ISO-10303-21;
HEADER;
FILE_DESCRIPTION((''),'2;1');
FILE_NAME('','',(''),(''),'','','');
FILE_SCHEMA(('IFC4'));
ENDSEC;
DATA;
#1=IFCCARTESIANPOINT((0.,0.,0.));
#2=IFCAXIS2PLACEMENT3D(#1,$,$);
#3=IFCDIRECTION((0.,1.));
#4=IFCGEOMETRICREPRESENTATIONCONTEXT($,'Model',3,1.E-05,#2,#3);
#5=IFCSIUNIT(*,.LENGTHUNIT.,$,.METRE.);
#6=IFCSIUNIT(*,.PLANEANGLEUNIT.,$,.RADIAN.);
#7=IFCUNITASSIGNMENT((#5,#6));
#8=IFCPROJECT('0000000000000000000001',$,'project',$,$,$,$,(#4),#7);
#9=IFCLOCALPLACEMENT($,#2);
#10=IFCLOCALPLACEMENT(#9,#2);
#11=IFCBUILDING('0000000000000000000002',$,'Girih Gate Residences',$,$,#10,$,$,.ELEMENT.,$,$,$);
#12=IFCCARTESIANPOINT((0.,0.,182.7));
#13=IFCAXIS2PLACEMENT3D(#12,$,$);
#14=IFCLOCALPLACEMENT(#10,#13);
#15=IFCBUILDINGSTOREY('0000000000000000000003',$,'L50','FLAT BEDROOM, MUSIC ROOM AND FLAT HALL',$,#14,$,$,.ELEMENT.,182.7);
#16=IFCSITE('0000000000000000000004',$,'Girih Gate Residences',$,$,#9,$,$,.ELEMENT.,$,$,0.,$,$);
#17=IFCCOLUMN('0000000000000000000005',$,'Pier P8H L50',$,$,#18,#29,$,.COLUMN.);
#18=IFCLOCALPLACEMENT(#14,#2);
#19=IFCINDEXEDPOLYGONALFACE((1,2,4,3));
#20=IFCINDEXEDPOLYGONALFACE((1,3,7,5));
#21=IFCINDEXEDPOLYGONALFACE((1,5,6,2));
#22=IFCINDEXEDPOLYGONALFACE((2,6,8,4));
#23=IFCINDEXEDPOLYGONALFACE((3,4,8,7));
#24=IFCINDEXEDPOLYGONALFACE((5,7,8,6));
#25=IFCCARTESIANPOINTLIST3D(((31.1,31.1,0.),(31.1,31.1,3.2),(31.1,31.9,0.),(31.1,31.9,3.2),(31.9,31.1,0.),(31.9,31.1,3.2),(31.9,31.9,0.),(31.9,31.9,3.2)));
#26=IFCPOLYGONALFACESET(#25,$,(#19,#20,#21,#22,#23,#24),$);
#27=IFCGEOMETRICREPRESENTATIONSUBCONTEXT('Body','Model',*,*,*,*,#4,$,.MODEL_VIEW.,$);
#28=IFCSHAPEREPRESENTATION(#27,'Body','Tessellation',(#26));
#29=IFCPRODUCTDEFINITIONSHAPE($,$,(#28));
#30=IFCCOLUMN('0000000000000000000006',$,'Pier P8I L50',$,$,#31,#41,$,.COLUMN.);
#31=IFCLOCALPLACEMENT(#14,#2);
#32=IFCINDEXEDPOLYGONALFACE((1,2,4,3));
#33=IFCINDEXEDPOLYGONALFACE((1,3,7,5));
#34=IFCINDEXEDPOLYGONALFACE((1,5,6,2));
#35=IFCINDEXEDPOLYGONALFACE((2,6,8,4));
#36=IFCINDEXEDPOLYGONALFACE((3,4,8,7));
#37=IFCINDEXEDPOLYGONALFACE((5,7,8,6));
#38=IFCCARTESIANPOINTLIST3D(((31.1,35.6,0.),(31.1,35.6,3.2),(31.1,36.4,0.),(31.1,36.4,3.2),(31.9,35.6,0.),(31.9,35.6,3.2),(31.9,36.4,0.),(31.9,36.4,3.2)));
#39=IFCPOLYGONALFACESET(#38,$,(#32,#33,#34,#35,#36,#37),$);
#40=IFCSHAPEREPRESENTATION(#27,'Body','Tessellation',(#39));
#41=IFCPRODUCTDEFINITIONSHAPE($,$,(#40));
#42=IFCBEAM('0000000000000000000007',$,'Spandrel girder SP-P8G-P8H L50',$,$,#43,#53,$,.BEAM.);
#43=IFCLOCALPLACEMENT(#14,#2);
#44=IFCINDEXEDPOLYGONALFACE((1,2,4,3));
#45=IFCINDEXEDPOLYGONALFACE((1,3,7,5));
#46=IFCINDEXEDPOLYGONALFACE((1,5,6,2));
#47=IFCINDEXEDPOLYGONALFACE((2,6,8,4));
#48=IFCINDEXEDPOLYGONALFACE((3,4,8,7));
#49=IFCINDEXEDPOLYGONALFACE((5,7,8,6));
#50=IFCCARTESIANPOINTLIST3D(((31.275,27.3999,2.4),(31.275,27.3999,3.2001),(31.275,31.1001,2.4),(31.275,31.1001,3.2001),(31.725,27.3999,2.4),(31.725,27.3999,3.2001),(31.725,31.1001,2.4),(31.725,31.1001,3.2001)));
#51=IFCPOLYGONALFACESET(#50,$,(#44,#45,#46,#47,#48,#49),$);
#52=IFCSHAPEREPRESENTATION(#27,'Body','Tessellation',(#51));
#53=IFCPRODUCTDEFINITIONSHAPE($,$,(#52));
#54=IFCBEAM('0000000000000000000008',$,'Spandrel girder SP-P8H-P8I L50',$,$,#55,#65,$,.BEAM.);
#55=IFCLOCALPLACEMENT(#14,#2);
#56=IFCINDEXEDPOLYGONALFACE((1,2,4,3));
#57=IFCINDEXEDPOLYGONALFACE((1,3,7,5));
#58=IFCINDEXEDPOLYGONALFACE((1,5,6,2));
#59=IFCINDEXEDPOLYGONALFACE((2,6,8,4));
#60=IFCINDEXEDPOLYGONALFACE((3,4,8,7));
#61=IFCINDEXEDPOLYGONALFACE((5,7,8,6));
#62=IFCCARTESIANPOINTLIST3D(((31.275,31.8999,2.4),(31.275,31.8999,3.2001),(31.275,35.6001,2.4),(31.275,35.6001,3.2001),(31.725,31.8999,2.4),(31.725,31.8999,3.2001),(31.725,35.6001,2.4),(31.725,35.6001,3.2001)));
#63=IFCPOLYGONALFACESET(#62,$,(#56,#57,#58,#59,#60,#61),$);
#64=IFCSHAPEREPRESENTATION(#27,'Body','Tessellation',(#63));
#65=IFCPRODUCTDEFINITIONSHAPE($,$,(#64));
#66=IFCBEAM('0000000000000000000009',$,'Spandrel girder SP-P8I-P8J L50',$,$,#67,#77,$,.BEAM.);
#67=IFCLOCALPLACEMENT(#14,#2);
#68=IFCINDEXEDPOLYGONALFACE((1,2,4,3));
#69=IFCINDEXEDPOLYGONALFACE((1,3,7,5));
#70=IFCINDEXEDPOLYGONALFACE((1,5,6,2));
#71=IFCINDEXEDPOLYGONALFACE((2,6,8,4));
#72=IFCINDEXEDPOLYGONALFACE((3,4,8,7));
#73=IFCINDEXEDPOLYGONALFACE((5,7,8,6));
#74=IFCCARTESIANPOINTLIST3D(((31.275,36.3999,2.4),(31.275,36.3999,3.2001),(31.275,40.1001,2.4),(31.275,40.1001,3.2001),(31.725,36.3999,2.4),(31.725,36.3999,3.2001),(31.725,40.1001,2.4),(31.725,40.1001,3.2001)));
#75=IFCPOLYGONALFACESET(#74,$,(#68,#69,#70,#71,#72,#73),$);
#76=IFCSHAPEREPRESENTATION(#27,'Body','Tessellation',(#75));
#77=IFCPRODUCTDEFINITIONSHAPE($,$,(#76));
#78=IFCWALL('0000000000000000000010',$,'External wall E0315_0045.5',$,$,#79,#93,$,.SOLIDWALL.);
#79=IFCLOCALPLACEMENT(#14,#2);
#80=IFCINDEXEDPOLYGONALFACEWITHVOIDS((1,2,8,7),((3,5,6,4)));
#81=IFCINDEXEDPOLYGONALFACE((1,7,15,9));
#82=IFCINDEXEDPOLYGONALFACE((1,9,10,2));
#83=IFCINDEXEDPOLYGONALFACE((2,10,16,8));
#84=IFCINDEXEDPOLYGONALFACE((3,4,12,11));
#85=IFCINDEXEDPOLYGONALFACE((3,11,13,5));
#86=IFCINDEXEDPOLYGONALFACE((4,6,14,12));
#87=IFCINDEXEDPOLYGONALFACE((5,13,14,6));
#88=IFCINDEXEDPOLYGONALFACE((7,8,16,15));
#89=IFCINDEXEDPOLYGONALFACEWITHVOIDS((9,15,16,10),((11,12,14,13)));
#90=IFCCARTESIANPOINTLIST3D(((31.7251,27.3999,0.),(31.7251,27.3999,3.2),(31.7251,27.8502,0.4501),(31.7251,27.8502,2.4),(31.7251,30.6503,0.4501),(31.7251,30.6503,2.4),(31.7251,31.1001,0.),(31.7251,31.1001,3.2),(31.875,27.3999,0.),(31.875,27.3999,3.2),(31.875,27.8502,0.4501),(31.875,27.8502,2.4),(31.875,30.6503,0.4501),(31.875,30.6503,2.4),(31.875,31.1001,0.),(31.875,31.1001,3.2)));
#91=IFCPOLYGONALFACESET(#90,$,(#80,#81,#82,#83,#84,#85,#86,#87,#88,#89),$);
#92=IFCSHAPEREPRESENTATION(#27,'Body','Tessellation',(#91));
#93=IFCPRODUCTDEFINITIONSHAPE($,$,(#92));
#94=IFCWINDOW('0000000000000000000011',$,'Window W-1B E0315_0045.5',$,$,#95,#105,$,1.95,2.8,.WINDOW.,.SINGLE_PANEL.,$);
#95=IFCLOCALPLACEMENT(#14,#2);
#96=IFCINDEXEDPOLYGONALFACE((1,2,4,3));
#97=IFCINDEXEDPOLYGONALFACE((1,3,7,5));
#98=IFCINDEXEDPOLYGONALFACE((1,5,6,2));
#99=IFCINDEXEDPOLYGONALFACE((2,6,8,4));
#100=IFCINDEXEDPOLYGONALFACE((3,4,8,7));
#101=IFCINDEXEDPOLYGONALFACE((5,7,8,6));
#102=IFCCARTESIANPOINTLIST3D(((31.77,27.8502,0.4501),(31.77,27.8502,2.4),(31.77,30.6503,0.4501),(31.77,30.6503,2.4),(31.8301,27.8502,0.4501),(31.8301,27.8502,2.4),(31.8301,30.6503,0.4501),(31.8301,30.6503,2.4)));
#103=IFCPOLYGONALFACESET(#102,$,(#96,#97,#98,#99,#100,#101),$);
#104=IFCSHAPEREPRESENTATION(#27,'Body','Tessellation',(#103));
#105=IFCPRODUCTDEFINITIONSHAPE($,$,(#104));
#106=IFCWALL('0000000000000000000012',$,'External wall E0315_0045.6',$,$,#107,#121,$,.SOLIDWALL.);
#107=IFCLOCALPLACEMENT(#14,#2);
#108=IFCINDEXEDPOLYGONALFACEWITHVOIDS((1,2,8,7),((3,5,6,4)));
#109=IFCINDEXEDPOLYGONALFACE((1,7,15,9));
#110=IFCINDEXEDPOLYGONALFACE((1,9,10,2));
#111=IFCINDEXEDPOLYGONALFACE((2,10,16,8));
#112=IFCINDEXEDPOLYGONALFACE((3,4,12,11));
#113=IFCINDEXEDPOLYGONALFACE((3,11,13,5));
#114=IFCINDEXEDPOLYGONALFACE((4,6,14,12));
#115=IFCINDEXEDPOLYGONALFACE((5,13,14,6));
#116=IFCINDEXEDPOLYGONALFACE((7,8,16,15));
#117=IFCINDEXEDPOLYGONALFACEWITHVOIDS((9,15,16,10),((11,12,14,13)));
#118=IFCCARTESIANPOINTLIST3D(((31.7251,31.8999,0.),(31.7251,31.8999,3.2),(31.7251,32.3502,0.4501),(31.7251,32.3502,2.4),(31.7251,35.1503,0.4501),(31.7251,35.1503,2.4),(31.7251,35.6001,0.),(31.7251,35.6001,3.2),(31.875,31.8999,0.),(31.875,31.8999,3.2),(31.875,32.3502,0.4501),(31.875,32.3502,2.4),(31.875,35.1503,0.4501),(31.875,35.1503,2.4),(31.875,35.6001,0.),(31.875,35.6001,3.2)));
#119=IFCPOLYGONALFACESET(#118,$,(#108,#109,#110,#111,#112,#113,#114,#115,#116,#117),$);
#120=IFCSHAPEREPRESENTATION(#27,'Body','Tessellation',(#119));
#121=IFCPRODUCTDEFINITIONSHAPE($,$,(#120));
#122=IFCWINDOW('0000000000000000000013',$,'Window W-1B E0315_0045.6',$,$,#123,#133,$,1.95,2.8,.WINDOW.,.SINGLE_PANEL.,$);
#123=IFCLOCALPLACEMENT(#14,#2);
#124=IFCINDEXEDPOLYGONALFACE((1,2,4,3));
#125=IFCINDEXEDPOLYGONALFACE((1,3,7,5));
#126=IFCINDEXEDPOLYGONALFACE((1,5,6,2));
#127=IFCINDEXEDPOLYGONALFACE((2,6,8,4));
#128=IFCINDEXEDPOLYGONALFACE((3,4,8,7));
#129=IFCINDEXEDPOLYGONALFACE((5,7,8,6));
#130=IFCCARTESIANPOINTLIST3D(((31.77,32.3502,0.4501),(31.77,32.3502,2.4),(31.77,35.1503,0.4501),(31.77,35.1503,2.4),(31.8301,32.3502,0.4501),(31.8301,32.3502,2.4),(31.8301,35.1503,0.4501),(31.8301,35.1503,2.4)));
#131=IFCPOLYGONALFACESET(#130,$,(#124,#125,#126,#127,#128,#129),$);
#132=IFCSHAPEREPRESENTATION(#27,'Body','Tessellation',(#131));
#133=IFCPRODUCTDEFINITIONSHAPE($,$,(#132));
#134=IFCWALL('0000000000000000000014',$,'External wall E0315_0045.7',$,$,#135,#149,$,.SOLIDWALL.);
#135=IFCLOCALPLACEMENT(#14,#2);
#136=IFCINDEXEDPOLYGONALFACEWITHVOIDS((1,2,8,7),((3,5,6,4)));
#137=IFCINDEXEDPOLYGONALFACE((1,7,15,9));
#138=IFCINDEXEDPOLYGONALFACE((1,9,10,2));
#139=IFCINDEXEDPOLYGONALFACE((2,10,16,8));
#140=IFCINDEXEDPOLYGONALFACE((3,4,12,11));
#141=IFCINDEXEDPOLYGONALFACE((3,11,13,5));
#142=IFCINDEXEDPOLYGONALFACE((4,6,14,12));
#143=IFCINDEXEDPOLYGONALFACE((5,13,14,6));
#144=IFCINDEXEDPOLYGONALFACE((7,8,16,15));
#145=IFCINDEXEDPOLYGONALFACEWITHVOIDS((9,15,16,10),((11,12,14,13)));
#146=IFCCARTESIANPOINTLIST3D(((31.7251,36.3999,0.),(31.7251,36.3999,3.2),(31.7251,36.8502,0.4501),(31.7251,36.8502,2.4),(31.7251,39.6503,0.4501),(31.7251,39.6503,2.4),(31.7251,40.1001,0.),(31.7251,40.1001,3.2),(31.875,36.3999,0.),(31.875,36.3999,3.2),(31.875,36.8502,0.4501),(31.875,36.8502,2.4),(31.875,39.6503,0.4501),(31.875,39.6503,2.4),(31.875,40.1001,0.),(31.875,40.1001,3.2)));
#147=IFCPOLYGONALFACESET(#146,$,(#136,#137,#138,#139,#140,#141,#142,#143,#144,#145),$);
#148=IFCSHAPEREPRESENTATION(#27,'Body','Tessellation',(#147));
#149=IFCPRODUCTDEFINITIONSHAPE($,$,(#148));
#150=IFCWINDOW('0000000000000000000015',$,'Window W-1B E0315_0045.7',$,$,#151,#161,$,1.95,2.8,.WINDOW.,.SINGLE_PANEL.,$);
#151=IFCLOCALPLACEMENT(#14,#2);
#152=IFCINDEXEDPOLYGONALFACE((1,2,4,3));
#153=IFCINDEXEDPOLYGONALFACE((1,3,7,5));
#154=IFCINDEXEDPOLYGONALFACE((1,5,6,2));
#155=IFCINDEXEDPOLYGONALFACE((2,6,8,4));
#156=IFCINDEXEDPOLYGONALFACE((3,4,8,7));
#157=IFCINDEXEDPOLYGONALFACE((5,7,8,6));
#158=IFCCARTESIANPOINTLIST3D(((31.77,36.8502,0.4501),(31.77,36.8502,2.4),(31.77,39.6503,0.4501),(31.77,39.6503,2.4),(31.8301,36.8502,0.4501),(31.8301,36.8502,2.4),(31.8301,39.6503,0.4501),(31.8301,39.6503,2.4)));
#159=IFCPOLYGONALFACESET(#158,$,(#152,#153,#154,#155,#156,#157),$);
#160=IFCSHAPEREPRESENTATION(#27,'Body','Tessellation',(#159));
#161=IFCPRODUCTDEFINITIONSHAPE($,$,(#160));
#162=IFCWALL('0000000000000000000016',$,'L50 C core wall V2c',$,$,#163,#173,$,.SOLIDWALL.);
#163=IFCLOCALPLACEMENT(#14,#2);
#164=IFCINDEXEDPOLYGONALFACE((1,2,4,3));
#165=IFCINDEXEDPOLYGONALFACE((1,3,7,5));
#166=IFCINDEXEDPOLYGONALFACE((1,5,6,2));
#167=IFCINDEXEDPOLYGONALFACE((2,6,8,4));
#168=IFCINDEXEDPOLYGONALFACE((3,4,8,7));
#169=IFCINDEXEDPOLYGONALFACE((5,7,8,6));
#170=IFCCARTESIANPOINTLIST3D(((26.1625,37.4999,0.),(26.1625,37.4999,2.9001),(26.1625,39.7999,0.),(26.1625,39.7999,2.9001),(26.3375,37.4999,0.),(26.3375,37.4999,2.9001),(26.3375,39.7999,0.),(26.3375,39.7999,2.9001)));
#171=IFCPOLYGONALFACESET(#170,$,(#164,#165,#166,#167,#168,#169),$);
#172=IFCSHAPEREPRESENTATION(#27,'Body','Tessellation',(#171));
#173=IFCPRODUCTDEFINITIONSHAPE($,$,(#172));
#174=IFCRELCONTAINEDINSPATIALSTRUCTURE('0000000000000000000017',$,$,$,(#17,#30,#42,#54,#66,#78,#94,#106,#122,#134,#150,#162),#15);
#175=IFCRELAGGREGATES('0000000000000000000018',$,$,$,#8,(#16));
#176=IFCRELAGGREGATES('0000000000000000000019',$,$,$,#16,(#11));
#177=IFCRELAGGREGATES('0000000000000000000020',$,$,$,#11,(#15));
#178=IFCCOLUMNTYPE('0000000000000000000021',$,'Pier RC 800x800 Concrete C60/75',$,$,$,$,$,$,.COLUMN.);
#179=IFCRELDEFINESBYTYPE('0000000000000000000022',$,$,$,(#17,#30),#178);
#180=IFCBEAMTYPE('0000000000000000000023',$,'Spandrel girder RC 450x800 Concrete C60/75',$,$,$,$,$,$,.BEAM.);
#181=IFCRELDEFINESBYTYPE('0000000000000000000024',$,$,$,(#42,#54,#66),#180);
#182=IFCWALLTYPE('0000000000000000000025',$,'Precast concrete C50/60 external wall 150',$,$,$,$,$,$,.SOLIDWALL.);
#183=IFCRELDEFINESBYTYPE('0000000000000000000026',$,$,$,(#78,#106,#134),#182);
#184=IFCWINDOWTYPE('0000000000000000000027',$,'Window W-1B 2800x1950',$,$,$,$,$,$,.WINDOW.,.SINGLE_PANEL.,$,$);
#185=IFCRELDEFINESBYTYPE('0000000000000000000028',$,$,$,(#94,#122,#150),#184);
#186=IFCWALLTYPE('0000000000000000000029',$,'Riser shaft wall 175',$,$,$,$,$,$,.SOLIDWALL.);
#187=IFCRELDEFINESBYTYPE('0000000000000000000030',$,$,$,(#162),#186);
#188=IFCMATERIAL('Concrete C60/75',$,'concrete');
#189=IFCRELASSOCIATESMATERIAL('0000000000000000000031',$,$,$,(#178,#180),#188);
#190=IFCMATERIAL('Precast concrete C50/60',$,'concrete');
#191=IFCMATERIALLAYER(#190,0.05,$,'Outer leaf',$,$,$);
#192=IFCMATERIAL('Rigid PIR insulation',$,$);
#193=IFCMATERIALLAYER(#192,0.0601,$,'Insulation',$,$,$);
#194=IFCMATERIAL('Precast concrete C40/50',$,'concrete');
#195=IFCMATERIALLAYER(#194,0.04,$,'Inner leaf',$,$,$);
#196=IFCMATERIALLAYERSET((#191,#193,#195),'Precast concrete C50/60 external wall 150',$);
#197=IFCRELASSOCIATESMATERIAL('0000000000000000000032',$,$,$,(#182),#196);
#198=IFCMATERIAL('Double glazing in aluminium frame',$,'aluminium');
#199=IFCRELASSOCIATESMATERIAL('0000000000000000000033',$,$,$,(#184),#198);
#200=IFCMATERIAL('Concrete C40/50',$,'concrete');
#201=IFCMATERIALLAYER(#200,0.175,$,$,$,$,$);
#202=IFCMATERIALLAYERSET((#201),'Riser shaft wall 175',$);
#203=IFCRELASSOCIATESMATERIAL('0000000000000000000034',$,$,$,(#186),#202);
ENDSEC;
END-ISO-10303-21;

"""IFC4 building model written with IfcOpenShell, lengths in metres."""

from ifc_helpers import new_model, si_unit, direction, frame, frame_2d, origin, origin_2d, place, context, subcontext, project, spatial, rectangle, extrude, material, layer, layer_set, material_profile, profile_set, type_object, element, fill, save


model = new_model("IFC4")

# Units and contexts
model_context = context("Model", 3, precision=1e-05, world=origin(), true_north=direction((0.0, 1.0)))
body_context = subcontext(model_context, "Body", "Model", "MODEL_VIEW")
ifc_project = project(units=[si_unit("LENGTHUNIT", "METRE"), si_unit("PLANEANGLEUNIT", "RADIAN")], contexts=[model_context])

# Site, building, storey
site_placement = place(None, origin())
site = spatial("IfcSite", under=ifc_project, at=site_placement, Name="Girih Gate Residences", CompositionType="ELEMENT", RefElevation=0.0)
building_placement = place(site_placement, origin())
building = spatial("IfcBuilding", under=site, at=building_placement, Name="Girih Gate Residences", CompositionType="ELEMENT")
storey_placement = place(building_placement, frame((0.0, 0.0, 182.7)))
storey = spatial("IfcBuildingStorey", under=building, at=storey_placement, Name="L50", Description="FLAT BEDROOM, MUSIC ROOM AND FLAT HALL", CompositionType="ELEMENT", Elevation=182.7)

# Columns
ifc_material_1 = material(Name="Concrete C60/75", Category="concrete")
ifc_material_profile_1 = material_profile(ifc_material_1, rectangle(XDim=0.8, YDim=0.8, at=origin_2d()))
ifc_profile_set_1 = profile_set([ifc_material_profile_1], Name="Concrete C60/75")
column_type = type_object("IfcColumnType", Name="Pier RC 800x800 Concrete C60/75", PredefinedType="COLUMN", material=ifc_profile_set_1)
for number, where, z_axis, x_axis, name in (
    (1, (31.5, 31.5, 0.0), (0.0, 0.0, 1.0), (1.0, 0.0, 0.0), "Pier P8H L50"),
    (2, (31.5, 36.0, 0.0), (0.0, 0.0, 1.0), (1.0, 0.0, 0.0), "Pier P8I L50"),
):
    element("IfcColumn", number, at=place(storey_placement, frame(where, z_axis=z_axis, x_axis=x_axis)), inside=storey, type_object=column_type, Name=name, PredefinedType="COLUMN", context=body_context, shape_type="SweptSolid", body=[
        extrude(rectangle(XDim=0.8, YDim=0.8, at=origin_2d()), origin(), (0.0, 0.0, 1.0), 3.2),
    ])

# Beams
ifc_material_profile_2 = material_profile(ifc_material_1, rectangle(XDim=0.45, YDim=0.8, at=origin_2d()))
ifc_profile_set_2 = profile_set([ifc_material_profile_2], Name="Concrete C60/75")
beam_type = type_object("IfcBeamType", Name="Spandrel girder RC 450x800 Concrete C60/75", PredefinedType="BEAM", material=ifc_profile_set_2)
for number, where, z_axis, x_axis, name in (
    (3, (31.5, 27.3999, 2.8), (0.0, 1.0, 0.0), (-1.0, 0.0, 0.0), "Spandrel girder SP-P8G-P8H L50"),
    (4, (31.5, 31.8999, 2.8), (0.0, 1.0, 0.0), (-1.0, 0.0, 0.0), "Spandrel girder SP-P8H-P8I L50"),
    (5, (31.5, 36.3999, 2.8), (0.0, 1.0, 0.0), (-1.0, 0.0, 0.0), "Spandrel girder SP-P8I-P8J L50"),
):
    element("IfcBeam", number, at=place(storey_placement, frame(where, z_axis=z_axis, x_axis=x_axis)), inside=storey, type_object=beam_type, Name=name, PredefinedType="BEAM", context=body_context, shape_type="SweptSolid", body=[
        extrude(rectangle(XDim=0.45, YDim=0.8, at=origin_2d()), origin(), (0.0, 0.0, 1.0), 3.7002),
    ])

# Walls, openings, windows
ifc_material_2 = material(Name="Precast concrete C50/60", Category="concrete")
ifc_layer_1 = layer(ifc_material_2, 0.05, Name="Outer leaf")
ifc_material_3 = material(Name="Rigid PIR insulation")
ifc_layer_2 = layer(ifc_material_3, 0.0601, Name="Insulation")
ifc_material_4 = material(Name="Precast concrete C40/50", Category="concrete")
ifc_layer_3 = layer(ifc_material_4, 0.04, Name="Inner leaf")
ifc_layer_set_1 = layer_set([ifc_layer_1, ifc_layer_2, ifc_layer_3], Name="Precast concrete C50/60 external wall 150")
wall_type_1 = type_object("IfcWallType", Name="Precast concrete C50/60 external wall 150", PredefinedType="SOLIDWALL", material=ifc_layer_set_1)
wall_1_placement = place(storey_placement, frame((31.8, 31.1001, 0.0), z_axis=(0.0, 0.0, 1.0), x_axis=(0.0, -1.0, 0.0)))
wall_1 = element("IfcWall", 6, at=wall_1_placement, inside=storey, type_object=wall_type_1, Name="External wall E0315_0045.5", PredefinedType="SOLIDWALL", context=body_context, shape_type="SweptSolid", body=[
    extrude(rectangle(XDim=3.7002, YDim=0.1499, at=frame_2d((1.8501, 0.0))), origin(), (0.0, 0.0, 1.0), 3.2),
])
opening_1_placement = place(wall_1_placement, frame((0.45, 0.0, 0.45)))
opening_1 = element("IfcOpeningElement", 7, at=opening_1_placement, cuts=wall_1, PredefinedType="OPENING", context=body_context, shape_type="SweptSolid", body=[
    extrude(rectangle(XDim=2.8, YDim=1.95, at=frame_2d((1.3999, 0.9751))), frame((0.0, 0.085, 0.0), z_axis=(0.0, -1.0, 0.0), x_axis=(1.0, 0.0, 0.0)), (0.0, 0.0, 1.0), 0.1699),
])
ifc_material_5 = material(Name="Double glazing in aluminium frame", Category="aluminium")
window_type = type_object("IfcWindowType", Name="Window W-1B 2800x1950", PartitioningType="SINGLE_PANEL", PredefinedType="WINDOW", material=ifc_material_5)
window_1_placement = place(opening_1_placement, origin())
window_1 = element("IfcWindow", 8, at=window_1_placement, inside=storey, type_object=window_type, Name="Window W-1B E0315_0045.5", OverallHeight=1.95, OverallWidth=2.8, PartitioningType="SINGLE_PANEL", PredefinedType="WINDOW", context=body_context, shape_type="SweptSolid", body=[
    extrude(rectangle(XDim=2.8, YDim=1.95, at=frame_2d((1.3999, 0.9751))), frame((0.0, 0.03, 0.0), z_axis=(0.0, -1.0, 0.0), x_axis=(1.0, 0.0, 0.0)), (0.0, 0.0, 1.0), 0.0601),
])
fill(opening_1, window_1)
wall_2_placement = place(storey_placement, frame((31.8, 35.6001, 0.0), z_axis=(0.0, 0.0, 1.0), x_axis=(0.0, -1.0, 0.0)))
wall_2 = element("IfcWall", 9, at=wall_2_placement, inside=storey, type_object=wall_type_1, Name="External wall E0315_0045.6", PredefinedType="SOLIDWALL", context=body_context, shape_type="SweptSolid", body=[
    extrude(rectangle(XDim=3.7002, YDim=0.1499, at=frame_2d((1.8501, 0.0))), origin(), (0.0, 0.0, 1.0), 3.2),
])
opening_2_placement = place(wall_2_placement, frame((0.45, 0.0, 0.45)))
opening_2 = element("IfcOpeningElement", 10, at=opening_2_placement, cuts=wall_2, PredefinedType="OPENING", context=body_context, shape_type="SweptSolid", body=[
    extrude(rectangle(XDim=2.8, YDim=1.95, at=frame_2d((1.3999, 0.9751))), frame((0.0, 0.085, 0.0), z_axis=(0.0, -1.0, 0.0), x_axis=(1.0, 0.0, 0.0)), (0.0, 0.0, 1.0), 0.1699),
])
window_2_placement = place(opening_2_placement, origin())
window_2 = element("IfcWindow", 11, at=window_2_placement, inside=storey, type_object=window_type, Name="Window W-1B E0315_0045.6", OverallHeight=1.95, OverallWidth=2.8, PartitioningType="SINGLE_PANEL", PredefinedType="WINDOW", context=body_context, shape_type="SweptSolid", body=[
    extrude(rectangle(XDim=2.8, YDim=1.95, at=frame_2d((1.3999, 0.9751))), frame((0.0, 0.03, 0.0), z_axis=(0.0, -1.0, 0.0), x_axis=(1.0, 0.0, 0.0)), (0.0, 0.0, 1.0), 0.0601),
])
fill(opening_2, window_2)
wall_3_placement = place(storey_placement, frame((31.8, 40.1001, 0.0), z_axis=(0.0, 0.0, 1.0), x_axis=(0.0, -1.0, 0.0)))
wall_3 = element("IfcWall", 12, at=wall_3_placement, inside=storey, type_object=wall_type_1, Name="External wall E0315_0045.7", PredefinedType="SOLIDWALL", context=body_context, shape_type="SweptSolid", body=[
    extrude(rectangle(XDim=3.7002, YDim=0.1499, at=frame_2d((1.8501, 0.0))), origin(), (0.0, 0.0, 1.0), 3.2),
])
opening_3_placement = place(wall_3_placement, frame((0.45, 0.0, 0.45)))
opening_3 = element("IfcOpeningElement", 13, at=opening_3_placement, cuts=wall_3, PredefinedType="OPENING", context=body_context, shape_type="SweptSolid", body=[
    extrude(rectangle(XDim=2.8, YDim=1.95, at=frame_2d((1.3999, 0.9751))), frame((0.0, 0.085, 0.0), z_axis=(0.0, -1.0, 0.0), x_axis=(1.0, 0.0, 0.0)), (0.0, 0.0, 1.0), 0.1699),
])
window_3_placement = place(opening_3_placement, origin())
window_3 = element("IfcWindow", 14, at=window_3_placement, inside=storey, type_object=window_type, Name="Window W-1B E0315_0045.7", OverallHeight=1.95, OverallWidth=2.8, PartitioningType="SINGLE_PANEL", PredefinedType="WINDOW", context=body_context, shape_type="SweptSolid", body=[
    extrude(rectangle(XDim=2.8, YDim=1.95, at=frame_2d((1.3999, 0.9751))), frame((0.0, 0.03, 0.0), z_axis=(0.0, -1.0, 0.0), x_axis=(1.0, 0.0, 0.0)), (0.0, 0.0, 1.0), 0.0601),
])
fill(opening_3, window_3)

# Wall
ifc_material_6 = material(Name="Concrete C40/50", Category="concrete")
ifc_layer_4 = layer(ifc_material_6, 0.175)
ifc_layer_set_2 = layer_set([ifc_layer_4], Name="Riser shaft wall 175")
wall_type_2 = type_object("IfcWallType", Name="Riser shaft wall 175", PredefinedType="SOLIDWALL", material=ifc_layer_set_2)
wall_4_placement = place(storey_placement, frame((26.25, 37.5, 0.0), z_axis=(0.0, 0.0, 1.0), x_axis=(0.0, 1.0, 0.0)))
element("IfcWall", 15, at=wall_4_placement, inside=storey, type_object=wall_type_2, Name="L50 C core wall V2c", PredefinedType="SOLIDWALL", context=body_context, shape_type="SweptSolid", body=[
    extrude(rectangle(XDim=2.3, YDim=0.175, at=frame_2d((1.1499, 0.0))), origin(), (0.0, 0.0, 1.0), 2.9001),
])

save(model, "model.ifc")
